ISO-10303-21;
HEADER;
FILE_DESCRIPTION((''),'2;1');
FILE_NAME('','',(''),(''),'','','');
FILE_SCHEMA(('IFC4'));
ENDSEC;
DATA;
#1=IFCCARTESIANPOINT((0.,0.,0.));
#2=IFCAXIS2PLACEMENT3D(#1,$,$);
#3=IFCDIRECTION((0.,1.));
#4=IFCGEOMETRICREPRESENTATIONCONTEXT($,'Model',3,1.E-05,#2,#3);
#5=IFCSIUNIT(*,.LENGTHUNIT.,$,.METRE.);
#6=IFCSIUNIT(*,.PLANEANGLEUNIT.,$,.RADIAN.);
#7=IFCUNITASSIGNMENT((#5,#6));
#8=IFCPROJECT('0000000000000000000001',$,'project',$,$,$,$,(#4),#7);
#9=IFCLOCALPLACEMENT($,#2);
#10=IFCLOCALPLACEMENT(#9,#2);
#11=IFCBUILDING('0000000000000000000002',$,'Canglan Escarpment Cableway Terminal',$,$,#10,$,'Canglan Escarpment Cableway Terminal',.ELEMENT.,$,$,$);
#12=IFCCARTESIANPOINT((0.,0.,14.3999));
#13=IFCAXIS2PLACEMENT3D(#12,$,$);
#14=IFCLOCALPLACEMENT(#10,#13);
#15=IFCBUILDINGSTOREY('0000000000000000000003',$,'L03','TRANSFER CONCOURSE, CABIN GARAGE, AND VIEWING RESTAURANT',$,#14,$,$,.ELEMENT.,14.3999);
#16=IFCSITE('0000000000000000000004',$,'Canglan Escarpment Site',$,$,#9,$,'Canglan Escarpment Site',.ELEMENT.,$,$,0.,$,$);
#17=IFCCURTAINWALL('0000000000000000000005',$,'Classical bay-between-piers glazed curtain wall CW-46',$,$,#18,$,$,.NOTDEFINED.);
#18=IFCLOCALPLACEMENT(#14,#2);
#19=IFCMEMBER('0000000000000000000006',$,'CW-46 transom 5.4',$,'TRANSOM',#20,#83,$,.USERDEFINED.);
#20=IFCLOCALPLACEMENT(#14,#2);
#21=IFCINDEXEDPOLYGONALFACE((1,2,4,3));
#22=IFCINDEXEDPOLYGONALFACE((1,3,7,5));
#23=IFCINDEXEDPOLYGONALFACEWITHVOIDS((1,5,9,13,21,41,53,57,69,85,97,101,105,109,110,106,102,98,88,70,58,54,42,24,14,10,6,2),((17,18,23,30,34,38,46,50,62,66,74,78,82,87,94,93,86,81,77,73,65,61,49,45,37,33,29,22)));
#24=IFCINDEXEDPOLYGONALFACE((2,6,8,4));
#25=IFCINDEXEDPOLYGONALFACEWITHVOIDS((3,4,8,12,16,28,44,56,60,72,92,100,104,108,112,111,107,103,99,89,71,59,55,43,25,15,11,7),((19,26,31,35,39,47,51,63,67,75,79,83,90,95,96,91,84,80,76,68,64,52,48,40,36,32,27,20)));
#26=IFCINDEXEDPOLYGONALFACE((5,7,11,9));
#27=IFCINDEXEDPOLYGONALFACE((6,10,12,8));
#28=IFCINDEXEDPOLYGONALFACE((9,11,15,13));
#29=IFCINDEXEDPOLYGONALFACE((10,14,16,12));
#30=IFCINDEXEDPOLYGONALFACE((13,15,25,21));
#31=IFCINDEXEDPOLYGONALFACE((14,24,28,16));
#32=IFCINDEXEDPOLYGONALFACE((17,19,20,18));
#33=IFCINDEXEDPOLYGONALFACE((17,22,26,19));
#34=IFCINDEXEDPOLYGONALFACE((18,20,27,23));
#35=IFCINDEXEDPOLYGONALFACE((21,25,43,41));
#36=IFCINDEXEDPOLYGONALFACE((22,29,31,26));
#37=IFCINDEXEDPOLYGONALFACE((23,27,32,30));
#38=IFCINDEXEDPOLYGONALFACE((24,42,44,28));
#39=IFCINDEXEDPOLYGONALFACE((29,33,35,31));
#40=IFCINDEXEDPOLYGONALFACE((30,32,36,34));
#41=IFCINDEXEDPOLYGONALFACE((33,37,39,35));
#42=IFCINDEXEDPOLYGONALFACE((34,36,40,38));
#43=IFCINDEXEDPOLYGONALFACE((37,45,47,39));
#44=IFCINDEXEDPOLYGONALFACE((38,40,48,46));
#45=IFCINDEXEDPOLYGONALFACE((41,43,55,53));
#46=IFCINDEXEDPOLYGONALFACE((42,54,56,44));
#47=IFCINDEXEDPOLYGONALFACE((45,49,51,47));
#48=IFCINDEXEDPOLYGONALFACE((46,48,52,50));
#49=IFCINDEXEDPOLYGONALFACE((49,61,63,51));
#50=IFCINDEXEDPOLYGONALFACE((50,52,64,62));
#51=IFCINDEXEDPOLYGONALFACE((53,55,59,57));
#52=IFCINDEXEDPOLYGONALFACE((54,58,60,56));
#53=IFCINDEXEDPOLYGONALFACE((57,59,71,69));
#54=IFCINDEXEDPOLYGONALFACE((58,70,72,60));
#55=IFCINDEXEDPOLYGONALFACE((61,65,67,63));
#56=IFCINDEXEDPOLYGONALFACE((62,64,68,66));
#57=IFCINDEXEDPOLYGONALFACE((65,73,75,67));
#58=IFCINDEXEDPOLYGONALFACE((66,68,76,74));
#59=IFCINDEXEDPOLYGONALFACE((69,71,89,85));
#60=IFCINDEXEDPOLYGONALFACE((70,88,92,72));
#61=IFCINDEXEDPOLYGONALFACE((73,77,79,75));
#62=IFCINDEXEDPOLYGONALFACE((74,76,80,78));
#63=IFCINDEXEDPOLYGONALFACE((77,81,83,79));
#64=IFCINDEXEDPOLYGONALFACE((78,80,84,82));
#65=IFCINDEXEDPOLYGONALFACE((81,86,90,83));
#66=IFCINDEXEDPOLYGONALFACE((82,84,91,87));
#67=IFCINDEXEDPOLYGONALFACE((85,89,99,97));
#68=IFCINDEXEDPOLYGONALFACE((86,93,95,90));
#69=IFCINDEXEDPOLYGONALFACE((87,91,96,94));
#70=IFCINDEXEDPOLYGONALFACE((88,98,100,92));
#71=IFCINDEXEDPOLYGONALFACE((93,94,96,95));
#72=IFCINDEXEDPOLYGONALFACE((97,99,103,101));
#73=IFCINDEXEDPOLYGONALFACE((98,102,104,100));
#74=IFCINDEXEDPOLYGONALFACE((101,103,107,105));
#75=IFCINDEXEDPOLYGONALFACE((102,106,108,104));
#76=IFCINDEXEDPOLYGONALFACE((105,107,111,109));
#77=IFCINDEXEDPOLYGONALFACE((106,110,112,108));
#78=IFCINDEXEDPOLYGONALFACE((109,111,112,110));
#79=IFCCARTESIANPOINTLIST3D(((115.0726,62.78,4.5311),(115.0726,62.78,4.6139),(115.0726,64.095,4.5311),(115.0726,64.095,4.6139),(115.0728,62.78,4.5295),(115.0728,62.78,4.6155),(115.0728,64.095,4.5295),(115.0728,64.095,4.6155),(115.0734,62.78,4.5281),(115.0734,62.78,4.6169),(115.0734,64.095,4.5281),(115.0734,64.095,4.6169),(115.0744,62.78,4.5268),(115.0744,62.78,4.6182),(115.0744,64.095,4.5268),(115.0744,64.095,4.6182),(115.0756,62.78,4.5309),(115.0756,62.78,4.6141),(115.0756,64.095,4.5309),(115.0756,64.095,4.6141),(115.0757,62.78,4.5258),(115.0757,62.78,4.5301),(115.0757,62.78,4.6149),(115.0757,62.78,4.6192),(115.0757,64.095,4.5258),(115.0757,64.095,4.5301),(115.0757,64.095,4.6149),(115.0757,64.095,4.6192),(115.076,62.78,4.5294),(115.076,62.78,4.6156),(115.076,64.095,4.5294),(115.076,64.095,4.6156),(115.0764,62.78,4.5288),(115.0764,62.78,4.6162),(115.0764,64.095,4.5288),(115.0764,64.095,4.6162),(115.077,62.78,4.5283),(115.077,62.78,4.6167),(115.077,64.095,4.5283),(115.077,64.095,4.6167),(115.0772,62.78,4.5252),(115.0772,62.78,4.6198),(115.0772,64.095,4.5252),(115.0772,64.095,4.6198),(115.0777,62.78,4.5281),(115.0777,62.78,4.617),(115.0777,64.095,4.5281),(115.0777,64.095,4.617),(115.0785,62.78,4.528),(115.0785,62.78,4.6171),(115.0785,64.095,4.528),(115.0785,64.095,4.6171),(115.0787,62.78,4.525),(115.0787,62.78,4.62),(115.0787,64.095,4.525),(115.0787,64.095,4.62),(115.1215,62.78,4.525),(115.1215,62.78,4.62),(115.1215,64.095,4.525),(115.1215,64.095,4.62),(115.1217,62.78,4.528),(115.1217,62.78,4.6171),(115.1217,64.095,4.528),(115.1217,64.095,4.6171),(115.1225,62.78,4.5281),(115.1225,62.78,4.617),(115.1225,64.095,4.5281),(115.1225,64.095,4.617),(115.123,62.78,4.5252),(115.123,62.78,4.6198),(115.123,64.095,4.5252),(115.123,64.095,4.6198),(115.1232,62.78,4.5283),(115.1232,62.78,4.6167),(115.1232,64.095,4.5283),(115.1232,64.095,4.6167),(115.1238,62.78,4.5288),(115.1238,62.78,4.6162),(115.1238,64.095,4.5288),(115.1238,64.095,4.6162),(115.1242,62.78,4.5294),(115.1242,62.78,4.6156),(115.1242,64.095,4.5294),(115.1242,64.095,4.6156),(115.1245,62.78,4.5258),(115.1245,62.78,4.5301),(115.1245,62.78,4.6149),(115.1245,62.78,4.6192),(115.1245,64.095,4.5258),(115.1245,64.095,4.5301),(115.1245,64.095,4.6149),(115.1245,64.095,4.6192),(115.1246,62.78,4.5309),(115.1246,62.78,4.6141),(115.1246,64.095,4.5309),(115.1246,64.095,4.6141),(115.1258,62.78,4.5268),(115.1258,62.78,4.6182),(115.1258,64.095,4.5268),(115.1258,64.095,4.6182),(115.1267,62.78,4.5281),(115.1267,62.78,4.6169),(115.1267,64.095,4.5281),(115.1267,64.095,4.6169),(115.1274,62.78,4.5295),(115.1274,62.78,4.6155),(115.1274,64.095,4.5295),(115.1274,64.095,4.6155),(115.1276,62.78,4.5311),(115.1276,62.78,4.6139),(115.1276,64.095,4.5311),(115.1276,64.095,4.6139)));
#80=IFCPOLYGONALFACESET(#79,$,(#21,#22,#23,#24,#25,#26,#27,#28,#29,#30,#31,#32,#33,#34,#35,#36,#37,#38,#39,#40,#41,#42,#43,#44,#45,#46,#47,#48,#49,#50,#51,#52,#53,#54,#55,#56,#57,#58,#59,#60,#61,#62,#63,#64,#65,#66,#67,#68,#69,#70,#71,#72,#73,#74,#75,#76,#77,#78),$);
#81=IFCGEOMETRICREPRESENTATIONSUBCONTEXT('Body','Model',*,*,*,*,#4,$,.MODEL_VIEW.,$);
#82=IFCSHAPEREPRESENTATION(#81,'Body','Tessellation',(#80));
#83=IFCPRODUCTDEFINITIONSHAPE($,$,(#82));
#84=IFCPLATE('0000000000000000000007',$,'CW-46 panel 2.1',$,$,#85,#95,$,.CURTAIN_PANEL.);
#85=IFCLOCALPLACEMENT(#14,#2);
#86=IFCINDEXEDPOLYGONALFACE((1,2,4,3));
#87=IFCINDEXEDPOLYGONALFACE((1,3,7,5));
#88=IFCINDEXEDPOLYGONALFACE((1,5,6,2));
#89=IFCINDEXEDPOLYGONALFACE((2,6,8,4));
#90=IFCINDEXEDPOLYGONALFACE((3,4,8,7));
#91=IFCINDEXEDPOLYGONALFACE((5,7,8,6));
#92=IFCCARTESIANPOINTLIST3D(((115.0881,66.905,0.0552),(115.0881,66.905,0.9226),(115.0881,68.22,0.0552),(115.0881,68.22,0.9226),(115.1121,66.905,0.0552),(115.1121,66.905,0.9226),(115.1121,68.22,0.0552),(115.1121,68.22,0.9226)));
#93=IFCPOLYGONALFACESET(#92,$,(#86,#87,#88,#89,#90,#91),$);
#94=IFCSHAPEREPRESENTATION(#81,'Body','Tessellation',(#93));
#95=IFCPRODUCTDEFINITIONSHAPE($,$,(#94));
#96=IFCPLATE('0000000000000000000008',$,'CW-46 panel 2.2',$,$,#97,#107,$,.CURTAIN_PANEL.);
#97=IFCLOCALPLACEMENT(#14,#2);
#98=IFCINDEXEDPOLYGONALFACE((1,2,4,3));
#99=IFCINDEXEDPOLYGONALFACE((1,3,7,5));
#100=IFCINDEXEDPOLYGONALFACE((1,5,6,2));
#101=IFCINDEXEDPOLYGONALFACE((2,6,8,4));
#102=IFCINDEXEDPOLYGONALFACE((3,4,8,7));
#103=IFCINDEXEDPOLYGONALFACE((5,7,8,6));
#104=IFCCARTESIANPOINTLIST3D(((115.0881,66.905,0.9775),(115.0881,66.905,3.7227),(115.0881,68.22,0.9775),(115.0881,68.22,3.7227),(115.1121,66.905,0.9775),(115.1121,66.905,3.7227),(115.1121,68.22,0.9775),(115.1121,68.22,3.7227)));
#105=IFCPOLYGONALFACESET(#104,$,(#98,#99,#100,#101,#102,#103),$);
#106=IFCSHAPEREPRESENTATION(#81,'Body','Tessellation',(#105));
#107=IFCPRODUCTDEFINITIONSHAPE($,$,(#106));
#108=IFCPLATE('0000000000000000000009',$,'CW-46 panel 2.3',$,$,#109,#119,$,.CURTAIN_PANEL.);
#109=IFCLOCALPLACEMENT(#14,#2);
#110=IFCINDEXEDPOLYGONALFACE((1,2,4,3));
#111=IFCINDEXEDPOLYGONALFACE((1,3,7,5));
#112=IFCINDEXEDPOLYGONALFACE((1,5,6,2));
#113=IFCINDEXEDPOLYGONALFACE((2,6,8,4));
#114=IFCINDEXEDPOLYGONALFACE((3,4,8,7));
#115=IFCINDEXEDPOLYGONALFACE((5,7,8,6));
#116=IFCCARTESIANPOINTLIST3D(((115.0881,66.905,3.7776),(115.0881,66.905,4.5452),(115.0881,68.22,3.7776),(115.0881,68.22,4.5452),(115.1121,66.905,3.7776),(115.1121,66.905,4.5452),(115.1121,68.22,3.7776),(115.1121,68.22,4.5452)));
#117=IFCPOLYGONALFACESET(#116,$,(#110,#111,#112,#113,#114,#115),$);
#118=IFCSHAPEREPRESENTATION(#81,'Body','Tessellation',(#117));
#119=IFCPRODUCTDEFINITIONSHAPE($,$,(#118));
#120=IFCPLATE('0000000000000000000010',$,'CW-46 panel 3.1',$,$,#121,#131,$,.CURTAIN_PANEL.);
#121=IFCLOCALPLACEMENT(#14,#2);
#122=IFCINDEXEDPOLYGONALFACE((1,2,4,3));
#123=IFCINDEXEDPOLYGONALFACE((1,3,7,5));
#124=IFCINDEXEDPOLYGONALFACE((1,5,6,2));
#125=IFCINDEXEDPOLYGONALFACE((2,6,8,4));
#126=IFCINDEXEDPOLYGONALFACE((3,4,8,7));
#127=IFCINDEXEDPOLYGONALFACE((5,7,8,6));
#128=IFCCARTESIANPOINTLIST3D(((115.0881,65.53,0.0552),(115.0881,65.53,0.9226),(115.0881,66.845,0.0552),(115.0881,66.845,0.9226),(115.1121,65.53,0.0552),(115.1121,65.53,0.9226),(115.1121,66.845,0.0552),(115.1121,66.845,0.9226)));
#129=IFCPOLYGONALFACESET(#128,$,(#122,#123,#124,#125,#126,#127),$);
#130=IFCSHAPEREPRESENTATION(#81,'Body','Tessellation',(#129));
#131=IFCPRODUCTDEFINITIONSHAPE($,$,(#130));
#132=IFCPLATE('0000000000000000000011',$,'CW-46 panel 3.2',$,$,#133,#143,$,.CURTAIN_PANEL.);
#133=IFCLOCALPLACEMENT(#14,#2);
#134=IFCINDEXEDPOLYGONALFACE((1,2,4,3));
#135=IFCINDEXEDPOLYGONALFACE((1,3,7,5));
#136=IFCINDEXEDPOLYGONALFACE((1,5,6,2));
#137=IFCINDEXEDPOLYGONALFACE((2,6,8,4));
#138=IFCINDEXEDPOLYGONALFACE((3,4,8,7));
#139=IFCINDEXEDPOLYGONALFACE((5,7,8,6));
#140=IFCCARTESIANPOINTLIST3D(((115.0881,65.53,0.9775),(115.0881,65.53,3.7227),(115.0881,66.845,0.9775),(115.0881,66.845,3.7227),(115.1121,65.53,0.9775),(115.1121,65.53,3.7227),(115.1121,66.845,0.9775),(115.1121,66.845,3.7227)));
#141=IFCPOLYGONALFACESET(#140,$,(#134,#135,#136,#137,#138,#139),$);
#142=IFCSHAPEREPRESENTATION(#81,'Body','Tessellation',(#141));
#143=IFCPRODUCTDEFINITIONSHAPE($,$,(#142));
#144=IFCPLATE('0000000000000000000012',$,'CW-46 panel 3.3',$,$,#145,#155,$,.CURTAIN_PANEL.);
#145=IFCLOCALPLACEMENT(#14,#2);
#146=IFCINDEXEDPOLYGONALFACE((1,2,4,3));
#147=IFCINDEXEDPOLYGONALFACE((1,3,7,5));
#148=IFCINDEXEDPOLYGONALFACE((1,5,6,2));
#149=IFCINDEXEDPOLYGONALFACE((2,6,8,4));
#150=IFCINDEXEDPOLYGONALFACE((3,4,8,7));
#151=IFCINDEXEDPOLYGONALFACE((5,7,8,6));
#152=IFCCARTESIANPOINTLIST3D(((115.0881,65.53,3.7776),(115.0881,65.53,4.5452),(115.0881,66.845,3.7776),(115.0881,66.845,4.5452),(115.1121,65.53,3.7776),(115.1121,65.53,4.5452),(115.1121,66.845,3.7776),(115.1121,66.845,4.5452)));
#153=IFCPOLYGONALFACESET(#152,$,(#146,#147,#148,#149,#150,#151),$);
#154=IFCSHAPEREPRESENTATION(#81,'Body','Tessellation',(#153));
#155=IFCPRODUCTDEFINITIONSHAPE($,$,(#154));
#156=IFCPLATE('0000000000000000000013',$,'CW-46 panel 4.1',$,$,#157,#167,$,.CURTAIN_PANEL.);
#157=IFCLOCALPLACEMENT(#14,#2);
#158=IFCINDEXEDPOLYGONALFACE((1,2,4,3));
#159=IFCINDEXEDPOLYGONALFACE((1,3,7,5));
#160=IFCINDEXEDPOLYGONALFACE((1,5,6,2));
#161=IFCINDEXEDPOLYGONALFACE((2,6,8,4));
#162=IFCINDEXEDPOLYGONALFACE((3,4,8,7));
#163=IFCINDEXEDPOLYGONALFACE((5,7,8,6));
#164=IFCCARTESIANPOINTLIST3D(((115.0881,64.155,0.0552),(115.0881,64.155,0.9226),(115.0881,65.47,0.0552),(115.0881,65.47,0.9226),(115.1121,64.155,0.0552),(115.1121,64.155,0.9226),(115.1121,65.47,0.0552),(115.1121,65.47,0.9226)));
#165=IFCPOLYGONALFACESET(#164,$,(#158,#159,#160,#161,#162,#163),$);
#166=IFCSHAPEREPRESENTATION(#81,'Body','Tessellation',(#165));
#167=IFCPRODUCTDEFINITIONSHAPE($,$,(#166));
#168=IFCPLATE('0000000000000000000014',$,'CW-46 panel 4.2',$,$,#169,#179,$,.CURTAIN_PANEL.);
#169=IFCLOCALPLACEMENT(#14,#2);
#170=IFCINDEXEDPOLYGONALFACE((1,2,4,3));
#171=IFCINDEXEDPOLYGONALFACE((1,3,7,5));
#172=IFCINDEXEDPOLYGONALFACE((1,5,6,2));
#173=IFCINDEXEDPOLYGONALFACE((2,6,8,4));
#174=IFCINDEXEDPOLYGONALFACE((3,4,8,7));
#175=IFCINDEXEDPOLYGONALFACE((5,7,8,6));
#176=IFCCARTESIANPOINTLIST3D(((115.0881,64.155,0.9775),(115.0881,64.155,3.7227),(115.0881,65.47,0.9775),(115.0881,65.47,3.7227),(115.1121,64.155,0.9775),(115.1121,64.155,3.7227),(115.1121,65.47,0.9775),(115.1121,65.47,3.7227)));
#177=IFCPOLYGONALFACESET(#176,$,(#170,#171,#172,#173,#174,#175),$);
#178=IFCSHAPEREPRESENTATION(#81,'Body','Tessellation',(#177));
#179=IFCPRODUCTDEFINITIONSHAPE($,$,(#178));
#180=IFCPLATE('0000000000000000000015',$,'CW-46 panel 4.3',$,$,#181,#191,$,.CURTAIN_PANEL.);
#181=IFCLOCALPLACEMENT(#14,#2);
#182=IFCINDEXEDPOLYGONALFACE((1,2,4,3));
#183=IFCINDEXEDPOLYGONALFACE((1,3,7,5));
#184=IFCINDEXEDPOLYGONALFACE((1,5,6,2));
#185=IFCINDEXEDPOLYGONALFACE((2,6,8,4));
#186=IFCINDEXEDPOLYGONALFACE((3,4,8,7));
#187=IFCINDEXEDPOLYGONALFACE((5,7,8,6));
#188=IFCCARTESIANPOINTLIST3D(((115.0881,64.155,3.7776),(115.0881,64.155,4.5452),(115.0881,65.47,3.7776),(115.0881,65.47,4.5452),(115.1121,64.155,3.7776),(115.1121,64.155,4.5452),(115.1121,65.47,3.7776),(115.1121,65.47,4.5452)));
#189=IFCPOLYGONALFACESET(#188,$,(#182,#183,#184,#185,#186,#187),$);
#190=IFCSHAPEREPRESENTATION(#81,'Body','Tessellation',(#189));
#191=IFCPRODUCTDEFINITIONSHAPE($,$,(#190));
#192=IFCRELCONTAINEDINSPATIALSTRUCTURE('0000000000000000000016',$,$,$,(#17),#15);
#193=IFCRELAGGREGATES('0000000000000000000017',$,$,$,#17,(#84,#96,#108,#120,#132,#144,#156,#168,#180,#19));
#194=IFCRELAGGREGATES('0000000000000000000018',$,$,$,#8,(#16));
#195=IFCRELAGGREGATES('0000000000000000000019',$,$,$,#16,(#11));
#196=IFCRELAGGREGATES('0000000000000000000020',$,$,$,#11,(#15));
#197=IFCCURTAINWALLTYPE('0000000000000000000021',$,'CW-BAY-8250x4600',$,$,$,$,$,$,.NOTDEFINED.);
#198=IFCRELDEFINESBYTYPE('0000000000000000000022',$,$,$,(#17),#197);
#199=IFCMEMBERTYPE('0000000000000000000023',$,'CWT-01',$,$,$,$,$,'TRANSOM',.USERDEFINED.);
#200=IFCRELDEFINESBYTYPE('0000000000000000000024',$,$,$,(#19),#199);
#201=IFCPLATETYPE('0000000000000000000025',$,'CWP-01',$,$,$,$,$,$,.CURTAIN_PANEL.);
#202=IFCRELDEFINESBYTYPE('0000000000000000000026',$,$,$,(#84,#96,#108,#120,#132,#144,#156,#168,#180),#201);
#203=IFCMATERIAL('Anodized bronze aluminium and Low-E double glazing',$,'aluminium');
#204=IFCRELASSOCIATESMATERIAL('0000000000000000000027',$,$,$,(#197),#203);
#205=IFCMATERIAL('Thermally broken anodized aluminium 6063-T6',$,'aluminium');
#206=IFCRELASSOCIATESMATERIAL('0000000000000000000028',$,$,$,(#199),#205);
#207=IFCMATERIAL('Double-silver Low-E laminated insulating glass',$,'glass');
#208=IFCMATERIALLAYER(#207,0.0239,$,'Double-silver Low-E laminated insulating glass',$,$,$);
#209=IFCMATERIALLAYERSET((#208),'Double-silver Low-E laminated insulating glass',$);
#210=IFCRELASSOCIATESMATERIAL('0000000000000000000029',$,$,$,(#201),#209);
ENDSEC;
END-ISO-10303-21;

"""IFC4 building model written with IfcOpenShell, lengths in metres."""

from ifc_helpers import new_model, si_unit, direction, frame, origin, origin_2d, place, context, subcontext, project, spatial, rectangle, hollow_rectangle, extrude, material, layer, layer_set, material_profile, profile_set, type_object, element, aggregate, save


model = new_model("IFC4")

# Units and contexts
model_context = context("Model", 3, precision=1e-05, world=origin(), true_north=direction((0.0, 1.0)))
body_context = subcontext(model_context, "Body", "Model", "MODEL_VIEW")
ifc_project = project(units=[si_unit("LENGTHUNIT", "METRE"), si_unit("PLANEANGLEUNIT", "RADIAN")], contexts=[model_context])

# Site, building, storey
site_placement = place(None, origin())
site = spatial("IfcSite", under=ifc_project, at=site_placement, Name="Canglan Escarpment Site", LongName="Canglan Escarpment Site", CompositionType="ELEMENT", RefElevation=0.0)
building_placement = place(site_placement, origin())
building = spatial("IfcBuilding", under=site, at=building_placement, Name="Canglan Escarpment Cableway Terminal", LongName="Canglan Escarpment Cableway Terminal", CompositionType="ELEMENT")
storey_placement = place(building_placement, frame((0.0, 0.0, 14.3999)))
storey = spatial("IfcBuildingStorey", under=building, at=storey_placement, Name="L03", Description="TRANSFER CONCOURSE, CABIN GARAGE, AND VIEWING RESTAURANT", CompositionType="ELEMENT", Elevation=14.3999)

# Curtain wall, member, plates
ifc_material_1 = material(Name="Anodized bronze aluminium and Low-E double glazing", Category="aluminium")
curtain_wall_type = type_object("IfcCurtainWallType", Name="CW-BAY-8250x4600", PredefinedType="NOTDEFINED", material=ifc_material_1)
curtain_wall_placement = place(storey_placement, origin())
curtain_wall = element("IfcCurtainWall", 1, at=curtain_wall_placement, inside=storey, type_object=curtain_wall_type, Name="Classical bay-between-piers glazed curtain wall CW-46", PredefinedType="NOTDEFINED")
ifc_material_2 = material(Name="Thermally broken anodized aluminium 6063-T6", Category="aluminium")
ifc_material_profile_1 = material_profile(ifc_material_2, hollow_rectangle(XDim=0.0549, YDim=0.095, WallThickness=0.0029, InnerFilletRadius=0.0029, OuterFilletRadius=0.0061, at=origin_2d()), Name="ALU-TRAN 55x95x3")
ifc_profile_set_1 = profile_set([ifc_material_profile_1], Name="Thermally broken anodized aluminium 6063-T6")
member_type_1 = type_object("IfcMemberType", Name="CWT-01", ElementType="TRANSOM", PredefinedType="USERDEFINED", material=ifc_profile_set_1)
member_1_placement = place(storey_placement, frame((115.1001, 64.095, 4.5725), z_axis=(0.0, -1.0, 0.0), x_axis=(1.0, 0.0, 0.0)))
member_1 = element("IfcMember", 2, at=member_1_placement, type_object=member_type_1, Name="CW-46 transom 5.4", ObjectType="TRANSOM", PredefinedType="USERDEFINED", context=body_context, shape_type="SweptSolid", body=[
    extrude(hollow_rectangle(XDim=0.0549, YDim=0.095, WallThickness=0.0029, InnerFilletRadius=0.0029, OuterFilletRadius=0.0061, at=origin_2d()), origin(), (0.0, 0.0, 1.0), 1.3149),
])
ifc_material_3 = material(Name="Double-silver Low-E laminated insulating glass", Category="glass")
ifc_layer = layer(ifc_material_3, 0.0239, Name="Double-silver Low-E laminated insulating glass")
ifc_layer_set = layer_set([ifc_layer], Name="Double-silver Low-E laminated insulating glass")
plate_type = type_object("IfcPlateType", Name="CWP-01", PredefinedType="CURTAIN_PANEL", material=ifc_layer_set)
plate_1_placement = place(storey_placement, frame((115.1001, 67.5625, 0.0552), z_axis=(0.0, 0.0, 1.0), x_axis=(0.0, -1.0, 0.0)))
plate_1 = element("IfcPlate", 3, at=plate_1_placement, type_object=plate_type, Name="CW-46 panel 2.1", PredefinedType="CURTAIN_PANEL", context=body_context, shape_type="SweptSolid", body=[
    extrude(rectangle(XDim=1.3149, YDim=0.0239, at=origin_2d()), origin(), (0.0, 0.0, 1.0), 0.8674),
])
plate_2_placement = place(storey_placement, frame((115.1001, 67.5625, 0.9775), z_axis=(0.0, 0.0, 1.0), x_axis=(0.0, -1.0, 0.0)))
plate_2 = element("IfcPlate", 4, at=plate_2_placement, type_object=plate_type, Name="CW-46 panel 2.2", PredefinedType="CURTAIN_PANEL", context=body_context, shape_type="SweptSolid", body=[
    extrude(rectangle(XDim=1.3149, YDim=0.0239, at=origin_2d()), origin(), (0.0, 0.0, 1.0), 2.7451),
])
plate_3_placement = place(storey_placement, frame((115.1001, 67.5625, 3.7776), z_axis=(0.0, 0.0, 1.0), x_axis=(0.0, -1.0, 0.0)))
plate_3 = element("IfcPlate", 5, at=plate_3_placement, type_object=plate_type, Name="CW-46 panel 2.3", PredefinedType="CURTAIN_PANEL", context=body_context, shape_type="SweptSolid", body=[
    extrude(rectangle(XDim=1.3149, YDim=0.0239, at=origin_2d()), origin(), (0.0, 0.0, 1.0), 0.7676),
])
plate_4_placement = place(storey_placement, frame((115.1001, 66.1875, 0.0552), z_axis=(0.0, 0.0, 1.0), x_axis=(0.0, -1.0, 0.0)))
plate_4 = element("IfcPlate", 6, at=plate_4_placement, type_object=plate_type, Name="CW-46 panel 3.1", PredefinedType="CURTAIN_PANEL", context=body_context, shape_type="SweptSolid", body=[
    extrude(rectangle(XDim=1.3149, YDim=0.0239, at=origin_2d()), origin(), (0.0, 0.0, 1.0), 0.8674),
])
plate_5_placement = place(storey_placement, frame((115.1001, 66.1875, 0.9775), z_axis=(0.0, 0.0, 1.0), x_axis=(0.0, -1.0, 0.0)))
plate_5 = element("IfcPlate", 7, at=plate_5_placement, type_object=plate_type, Name="CW-46 panel 3.2", PredefinedType="CURTAIN_PANEL", context=body_context, shape_type="SweptSolid", body=[
    extrude(rectangle(XDim=1.3149, YDim=0.0239, at=origin_2d()), origin(), (0.0, 0.0, 1.0), 2.7451),
])
plate_6_placement = place(storey_placement, frame((115.1001, 66.1875, 3.7776), z_axis=(0.0, 0.0, 1.0), x_axis=(0.0, -1.0, 0.0)))
plate_6 = element("IfcPlate", 8, at=plate_6_placement, type_object=plate_type, Name="CW-46 panel 3.3", PredefinedType="CURTAIN_PANEL", context=body_context, shape_type="SweptSolid", body=[
    extrude(rectangle(XDim=1.3149, YDim=0.0239, at=origin_2d()), origin(), (0.0, 0.0, 1.0), 0.7676),
])
plate_7_placement = place(storey_placement, frame((115.1001, 64.8125, 0.0552), z_axis=(0.0, 0.0, 1.0), x_axis=(0.0, -1.0, 0.0)))
plate_7 = element("IfcPlate", 9, at=plate_7_placement, type_object=plate_type, Name="CW-46 panel 4.1", PredefinedType="CURTAIN_PANEL", context=body_context, shape_type="SweptSolid", body=[
    extrude(rectangle(XDim=1.3149, YDim=0.0239, at=origin_2d()), origin(), (0.0, 0.0, 1.0), 0.8674),
])
plate_8_placement = place(storey_placement, frame((115.1001, 64.8125, 0.9775), z_axis=(0.0, 0.0, 1.0), x_axis=(0.0, -1.0, 0.0)))
plate_8 = element("IfcPlate", 10, at=plate_8_placement, type_object=plate_type, Name="CW-46 panel 4.2", PredefinedType="CURTAIN_PANEL", context=body_context, shape_type="SweptSolid", body=[
    extrude(rectangle(XDim=1.3149, YDim=0.0239, at=origin_2d()), origin(), (0.0, 0.0, 1.0), 2.7451),
])
plate_9_placement = place(storey_placement, frame((115.1001, 64.8125, 3.7776), z_axis=(0.0, 0.0, 1.0), x_axis=(0.0, -1.0, 0.0)))
plate_9 = element("IfcPlate", 11, at=plate_9_placement, type_object=plate_type, Name="CW-46 panel 4.3", PredefinedType="CURTAIN_PANEL", context=body_context, shape_type="SweptSolid", body=[
    extrude(rectangle(XDim=1.3149, YDim=0.0239, at=origin_2d()), origin(), (0.0, 0.0, 1.0), 0.7676),
])
aggregate(curtain_wall, [plate_1, plate_2, plate_3, plate_4, plate_5, plate_6, plate_7, plate_8, plate_9, member_1])

save(model, "model.ifc")
